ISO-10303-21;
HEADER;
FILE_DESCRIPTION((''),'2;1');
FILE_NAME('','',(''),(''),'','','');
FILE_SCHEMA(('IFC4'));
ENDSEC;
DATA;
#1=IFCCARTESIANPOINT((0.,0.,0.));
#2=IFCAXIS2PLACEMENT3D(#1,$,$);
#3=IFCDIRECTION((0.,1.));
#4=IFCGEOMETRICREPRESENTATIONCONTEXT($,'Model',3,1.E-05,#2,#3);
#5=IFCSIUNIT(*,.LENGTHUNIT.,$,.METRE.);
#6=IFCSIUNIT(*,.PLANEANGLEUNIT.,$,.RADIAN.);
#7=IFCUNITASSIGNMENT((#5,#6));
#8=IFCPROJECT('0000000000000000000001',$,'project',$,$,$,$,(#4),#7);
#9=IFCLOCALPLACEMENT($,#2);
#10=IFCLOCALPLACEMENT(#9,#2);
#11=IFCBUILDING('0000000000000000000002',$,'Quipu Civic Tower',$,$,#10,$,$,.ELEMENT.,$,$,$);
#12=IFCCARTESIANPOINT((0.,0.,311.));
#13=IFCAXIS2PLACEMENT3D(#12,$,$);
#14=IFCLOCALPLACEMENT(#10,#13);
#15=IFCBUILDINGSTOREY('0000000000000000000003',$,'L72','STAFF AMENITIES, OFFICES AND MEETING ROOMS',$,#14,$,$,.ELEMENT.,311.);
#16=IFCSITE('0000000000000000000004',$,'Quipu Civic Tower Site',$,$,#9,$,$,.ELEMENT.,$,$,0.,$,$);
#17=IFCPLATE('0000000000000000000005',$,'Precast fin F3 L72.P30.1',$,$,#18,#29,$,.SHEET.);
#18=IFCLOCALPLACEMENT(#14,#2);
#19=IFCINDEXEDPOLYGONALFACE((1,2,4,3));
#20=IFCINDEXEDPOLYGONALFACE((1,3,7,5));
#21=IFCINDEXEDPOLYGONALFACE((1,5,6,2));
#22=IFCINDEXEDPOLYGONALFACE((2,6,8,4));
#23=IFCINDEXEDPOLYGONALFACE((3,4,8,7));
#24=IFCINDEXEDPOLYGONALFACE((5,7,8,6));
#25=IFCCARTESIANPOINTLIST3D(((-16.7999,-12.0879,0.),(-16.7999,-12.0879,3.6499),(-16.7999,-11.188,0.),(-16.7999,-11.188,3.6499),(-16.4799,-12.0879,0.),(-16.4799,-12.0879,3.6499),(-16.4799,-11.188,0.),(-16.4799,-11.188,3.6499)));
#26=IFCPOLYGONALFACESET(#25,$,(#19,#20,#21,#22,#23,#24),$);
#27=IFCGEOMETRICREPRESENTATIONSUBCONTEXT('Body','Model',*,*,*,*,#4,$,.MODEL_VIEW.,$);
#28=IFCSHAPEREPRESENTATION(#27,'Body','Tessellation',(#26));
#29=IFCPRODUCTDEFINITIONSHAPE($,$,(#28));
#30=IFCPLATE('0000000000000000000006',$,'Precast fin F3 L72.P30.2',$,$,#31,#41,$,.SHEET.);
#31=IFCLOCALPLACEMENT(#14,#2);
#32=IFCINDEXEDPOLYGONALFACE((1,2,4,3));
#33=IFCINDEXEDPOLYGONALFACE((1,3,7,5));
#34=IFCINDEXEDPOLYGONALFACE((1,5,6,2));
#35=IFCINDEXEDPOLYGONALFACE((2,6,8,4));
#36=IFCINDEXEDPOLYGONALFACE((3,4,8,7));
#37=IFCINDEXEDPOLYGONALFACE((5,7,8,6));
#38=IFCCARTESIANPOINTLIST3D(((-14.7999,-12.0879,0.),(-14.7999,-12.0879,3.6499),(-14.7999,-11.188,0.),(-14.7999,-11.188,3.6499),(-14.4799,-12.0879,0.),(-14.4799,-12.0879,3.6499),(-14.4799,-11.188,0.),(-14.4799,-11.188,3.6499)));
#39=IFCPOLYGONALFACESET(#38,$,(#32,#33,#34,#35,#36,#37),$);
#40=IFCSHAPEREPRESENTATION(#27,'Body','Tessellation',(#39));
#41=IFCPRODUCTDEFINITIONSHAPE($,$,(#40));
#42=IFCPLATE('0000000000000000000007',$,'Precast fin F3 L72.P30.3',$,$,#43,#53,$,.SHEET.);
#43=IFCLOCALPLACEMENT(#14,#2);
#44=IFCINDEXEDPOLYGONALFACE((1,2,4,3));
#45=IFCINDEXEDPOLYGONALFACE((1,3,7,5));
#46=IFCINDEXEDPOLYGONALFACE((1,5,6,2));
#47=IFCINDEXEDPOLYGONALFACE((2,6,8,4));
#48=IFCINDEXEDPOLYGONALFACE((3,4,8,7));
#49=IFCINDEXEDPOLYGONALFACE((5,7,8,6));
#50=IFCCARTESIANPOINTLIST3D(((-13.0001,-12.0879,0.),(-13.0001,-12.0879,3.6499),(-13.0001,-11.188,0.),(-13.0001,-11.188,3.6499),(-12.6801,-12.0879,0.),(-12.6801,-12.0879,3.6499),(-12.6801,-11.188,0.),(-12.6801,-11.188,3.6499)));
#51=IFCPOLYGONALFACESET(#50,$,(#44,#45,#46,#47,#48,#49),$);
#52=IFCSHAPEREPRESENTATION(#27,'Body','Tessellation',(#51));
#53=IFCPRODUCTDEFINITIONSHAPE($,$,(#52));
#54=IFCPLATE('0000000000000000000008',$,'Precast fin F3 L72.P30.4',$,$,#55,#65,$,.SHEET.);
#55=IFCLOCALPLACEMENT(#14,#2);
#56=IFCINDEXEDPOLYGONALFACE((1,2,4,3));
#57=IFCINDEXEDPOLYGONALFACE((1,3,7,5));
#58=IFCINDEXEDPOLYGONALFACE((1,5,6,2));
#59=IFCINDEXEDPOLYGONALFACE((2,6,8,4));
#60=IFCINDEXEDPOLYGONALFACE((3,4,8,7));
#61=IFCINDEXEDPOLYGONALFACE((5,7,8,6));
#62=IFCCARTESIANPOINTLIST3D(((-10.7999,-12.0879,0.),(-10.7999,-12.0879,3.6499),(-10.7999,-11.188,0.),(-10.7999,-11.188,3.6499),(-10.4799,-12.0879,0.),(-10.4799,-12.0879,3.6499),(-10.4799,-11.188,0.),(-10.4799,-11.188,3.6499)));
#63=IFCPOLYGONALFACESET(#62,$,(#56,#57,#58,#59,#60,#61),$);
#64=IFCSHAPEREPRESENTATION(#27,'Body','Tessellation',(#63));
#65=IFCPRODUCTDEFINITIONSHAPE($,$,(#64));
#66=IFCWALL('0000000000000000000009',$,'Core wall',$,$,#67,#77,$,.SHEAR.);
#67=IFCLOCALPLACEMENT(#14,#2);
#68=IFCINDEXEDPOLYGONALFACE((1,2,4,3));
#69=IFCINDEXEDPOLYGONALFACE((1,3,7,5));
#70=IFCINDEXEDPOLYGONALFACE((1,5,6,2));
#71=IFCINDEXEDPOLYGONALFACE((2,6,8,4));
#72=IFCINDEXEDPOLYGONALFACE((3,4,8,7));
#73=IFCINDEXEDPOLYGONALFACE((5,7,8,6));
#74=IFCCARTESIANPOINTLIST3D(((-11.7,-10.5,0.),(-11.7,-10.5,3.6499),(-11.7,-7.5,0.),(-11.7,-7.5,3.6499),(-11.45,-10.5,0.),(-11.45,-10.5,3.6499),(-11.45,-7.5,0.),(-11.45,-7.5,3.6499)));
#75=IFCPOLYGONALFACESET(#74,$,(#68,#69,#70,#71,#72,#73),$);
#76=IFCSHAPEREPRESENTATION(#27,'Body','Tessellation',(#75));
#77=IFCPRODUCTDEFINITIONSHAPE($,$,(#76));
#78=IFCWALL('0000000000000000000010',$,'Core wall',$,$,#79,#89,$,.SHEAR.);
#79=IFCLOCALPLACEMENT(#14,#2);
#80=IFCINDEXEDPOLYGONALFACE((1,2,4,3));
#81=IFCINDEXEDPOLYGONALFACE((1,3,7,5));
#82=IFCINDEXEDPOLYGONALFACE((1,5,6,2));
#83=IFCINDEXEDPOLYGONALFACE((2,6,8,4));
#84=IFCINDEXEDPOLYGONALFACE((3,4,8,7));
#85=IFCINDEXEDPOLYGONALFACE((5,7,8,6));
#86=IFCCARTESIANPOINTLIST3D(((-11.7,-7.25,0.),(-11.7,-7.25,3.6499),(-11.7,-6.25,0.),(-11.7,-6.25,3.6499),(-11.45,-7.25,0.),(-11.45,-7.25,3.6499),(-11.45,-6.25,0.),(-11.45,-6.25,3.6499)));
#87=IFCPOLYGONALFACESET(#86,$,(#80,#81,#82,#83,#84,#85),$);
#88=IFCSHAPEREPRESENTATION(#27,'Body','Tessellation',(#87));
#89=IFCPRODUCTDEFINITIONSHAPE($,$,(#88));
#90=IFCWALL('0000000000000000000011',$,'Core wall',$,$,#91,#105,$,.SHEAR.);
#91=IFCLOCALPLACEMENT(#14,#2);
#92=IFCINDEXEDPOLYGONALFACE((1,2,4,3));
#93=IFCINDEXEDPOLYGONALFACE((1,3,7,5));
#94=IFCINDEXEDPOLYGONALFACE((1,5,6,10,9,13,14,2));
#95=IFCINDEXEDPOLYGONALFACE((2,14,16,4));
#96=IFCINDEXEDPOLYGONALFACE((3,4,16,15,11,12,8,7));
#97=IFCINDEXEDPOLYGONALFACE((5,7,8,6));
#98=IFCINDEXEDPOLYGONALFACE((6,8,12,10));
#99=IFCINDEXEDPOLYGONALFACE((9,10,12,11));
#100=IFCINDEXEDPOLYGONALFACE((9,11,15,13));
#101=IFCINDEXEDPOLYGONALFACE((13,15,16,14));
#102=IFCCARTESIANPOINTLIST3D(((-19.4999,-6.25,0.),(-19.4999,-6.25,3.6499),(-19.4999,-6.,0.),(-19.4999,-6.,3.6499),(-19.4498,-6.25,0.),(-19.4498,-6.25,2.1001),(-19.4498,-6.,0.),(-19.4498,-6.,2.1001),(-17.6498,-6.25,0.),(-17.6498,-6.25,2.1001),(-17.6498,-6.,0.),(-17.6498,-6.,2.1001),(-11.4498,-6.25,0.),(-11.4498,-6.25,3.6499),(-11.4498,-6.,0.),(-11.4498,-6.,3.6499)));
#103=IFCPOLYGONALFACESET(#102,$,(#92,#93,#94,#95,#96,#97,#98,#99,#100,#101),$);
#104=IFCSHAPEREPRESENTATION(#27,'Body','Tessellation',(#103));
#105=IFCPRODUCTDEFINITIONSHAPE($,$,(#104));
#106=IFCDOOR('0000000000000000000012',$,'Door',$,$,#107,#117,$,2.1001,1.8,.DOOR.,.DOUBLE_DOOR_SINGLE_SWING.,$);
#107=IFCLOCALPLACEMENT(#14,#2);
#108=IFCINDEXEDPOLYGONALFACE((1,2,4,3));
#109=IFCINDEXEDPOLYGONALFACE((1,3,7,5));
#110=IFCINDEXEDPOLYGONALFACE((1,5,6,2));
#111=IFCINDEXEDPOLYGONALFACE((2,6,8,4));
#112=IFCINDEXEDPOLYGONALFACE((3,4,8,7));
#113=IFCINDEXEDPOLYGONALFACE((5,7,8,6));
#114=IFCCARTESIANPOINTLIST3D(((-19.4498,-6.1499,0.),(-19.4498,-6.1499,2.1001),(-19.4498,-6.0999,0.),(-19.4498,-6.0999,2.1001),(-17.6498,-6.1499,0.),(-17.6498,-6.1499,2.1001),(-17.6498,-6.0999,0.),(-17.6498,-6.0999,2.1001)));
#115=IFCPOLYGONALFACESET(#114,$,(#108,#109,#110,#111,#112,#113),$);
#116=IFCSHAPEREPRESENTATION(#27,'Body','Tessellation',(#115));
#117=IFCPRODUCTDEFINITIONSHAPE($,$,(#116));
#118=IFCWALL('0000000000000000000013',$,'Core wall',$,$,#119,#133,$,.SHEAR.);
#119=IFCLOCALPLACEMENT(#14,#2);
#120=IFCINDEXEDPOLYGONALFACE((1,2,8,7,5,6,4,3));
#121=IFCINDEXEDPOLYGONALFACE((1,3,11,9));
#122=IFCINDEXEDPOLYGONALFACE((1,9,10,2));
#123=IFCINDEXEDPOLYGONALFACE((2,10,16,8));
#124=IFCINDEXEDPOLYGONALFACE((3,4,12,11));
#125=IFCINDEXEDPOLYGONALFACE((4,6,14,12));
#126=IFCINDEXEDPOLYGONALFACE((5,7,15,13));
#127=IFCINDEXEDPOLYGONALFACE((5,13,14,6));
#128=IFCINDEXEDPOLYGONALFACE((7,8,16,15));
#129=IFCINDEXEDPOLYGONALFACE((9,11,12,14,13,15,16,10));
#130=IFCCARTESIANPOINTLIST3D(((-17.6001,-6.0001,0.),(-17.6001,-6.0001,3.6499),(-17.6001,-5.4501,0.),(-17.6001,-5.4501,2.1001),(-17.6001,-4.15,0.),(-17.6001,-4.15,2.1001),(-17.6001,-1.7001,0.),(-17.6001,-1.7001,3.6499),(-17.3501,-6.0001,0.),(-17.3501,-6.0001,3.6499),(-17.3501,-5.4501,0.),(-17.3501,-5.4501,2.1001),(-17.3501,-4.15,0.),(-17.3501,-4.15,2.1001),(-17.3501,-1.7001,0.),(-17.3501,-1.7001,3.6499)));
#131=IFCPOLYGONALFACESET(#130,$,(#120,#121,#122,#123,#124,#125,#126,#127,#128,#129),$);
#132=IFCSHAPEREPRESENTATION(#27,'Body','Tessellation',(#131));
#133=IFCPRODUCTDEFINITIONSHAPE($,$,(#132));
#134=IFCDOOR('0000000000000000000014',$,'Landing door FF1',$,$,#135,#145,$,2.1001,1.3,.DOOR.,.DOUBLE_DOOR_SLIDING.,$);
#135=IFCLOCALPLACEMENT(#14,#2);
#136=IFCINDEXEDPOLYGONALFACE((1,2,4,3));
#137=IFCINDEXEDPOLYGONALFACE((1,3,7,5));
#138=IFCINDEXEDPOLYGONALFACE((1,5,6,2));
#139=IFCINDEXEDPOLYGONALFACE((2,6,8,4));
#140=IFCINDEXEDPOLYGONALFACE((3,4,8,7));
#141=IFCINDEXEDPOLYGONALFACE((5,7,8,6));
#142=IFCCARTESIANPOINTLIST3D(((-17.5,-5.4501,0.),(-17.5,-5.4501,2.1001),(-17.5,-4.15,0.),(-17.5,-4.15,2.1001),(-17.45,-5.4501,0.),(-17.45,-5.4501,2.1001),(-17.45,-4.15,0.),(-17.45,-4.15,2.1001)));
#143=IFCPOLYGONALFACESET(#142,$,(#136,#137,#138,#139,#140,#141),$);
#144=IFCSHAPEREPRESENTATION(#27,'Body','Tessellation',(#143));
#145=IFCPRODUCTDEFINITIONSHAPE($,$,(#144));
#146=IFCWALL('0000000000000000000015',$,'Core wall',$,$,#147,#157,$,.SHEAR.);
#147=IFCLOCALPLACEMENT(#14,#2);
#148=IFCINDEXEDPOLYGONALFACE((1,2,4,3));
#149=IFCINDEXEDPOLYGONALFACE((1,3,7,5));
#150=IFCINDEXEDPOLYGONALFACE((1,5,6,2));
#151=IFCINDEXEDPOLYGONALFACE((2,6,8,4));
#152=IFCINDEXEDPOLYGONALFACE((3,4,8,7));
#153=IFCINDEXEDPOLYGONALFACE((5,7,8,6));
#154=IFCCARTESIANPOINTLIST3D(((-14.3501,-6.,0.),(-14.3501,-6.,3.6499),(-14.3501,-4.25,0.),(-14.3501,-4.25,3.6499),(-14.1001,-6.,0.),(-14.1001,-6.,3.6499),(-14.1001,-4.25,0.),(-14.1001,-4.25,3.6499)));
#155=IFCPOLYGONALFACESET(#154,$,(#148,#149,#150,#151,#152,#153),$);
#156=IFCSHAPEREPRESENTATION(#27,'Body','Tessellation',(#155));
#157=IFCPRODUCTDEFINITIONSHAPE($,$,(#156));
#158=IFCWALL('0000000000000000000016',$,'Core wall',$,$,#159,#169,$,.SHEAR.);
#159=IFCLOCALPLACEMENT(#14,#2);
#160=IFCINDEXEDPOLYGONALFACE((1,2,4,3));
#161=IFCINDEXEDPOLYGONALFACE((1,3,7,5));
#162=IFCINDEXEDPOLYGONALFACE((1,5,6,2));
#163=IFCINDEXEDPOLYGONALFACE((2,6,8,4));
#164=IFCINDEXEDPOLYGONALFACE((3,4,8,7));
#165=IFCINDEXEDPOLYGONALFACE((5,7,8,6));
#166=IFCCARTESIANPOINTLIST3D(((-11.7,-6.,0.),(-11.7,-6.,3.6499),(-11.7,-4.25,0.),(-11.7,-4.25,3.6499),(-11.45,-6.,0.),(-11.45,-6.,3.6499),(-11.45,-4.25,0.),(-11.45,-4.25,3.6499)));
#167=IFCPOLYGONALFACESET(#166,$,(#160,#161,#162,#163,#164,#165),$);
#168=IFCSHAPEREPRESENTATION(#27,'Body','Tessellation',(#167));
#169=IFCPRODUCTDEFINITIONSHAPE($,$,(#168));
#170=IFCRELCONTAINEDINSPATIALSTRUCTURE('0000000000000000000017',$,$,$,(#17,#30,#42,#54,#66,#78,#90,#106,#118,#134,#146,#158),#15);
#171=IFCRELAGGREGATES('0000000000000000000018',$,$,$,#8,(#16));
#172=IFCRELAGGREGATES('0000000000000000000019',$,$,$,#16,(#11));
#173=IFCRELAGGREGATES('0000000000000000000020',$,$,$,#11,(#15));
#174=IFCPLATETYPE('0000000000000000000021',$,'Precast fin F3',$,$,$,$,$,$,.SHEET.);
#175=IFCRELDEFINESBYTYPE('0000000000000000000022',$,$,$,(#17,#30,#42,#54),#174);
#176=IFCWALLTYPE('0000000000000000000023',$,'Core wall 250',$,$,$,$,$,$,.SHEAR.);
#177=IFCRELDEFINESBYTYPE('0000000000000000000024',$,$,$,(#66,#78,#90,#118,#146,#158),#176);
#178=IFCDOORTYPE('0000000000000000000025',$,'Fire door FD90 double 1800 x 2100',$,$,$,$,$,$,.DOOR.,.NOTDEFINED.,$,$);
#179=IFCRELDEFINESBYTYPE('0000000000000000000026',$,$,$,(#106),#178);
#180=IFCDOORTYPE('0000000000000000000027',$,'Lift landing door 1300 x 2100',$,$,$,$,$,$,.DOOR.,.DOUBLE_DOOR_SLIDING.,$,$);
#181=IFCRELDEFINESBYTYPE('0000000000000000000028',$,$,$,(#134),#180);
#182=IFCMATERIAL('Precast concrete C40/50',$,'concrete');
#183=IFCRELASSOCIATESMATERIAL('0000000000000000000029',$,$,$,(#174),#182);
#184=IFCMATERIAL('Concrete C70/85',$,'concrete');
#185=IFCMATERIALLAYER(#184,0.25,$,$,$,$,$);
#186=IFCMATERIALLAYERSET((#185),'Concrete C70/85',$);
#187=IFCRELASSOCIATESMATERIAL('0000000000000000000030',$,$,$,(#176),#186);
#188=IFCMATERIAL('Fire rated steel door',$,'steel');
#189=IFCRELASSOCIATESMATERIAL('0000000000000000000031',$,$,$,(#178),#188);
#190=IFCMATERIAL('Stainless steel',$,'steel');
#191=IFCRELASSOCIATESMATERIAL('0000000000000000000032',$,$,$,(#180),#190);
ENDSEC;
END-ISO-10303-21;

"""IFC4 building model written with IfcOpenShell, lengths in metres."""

from ifc_helpers import new_model, si_unit, direction, frame, frame_2d, origin, origin_2d, place, context, subcontext, project, spatial, rectangle, extrude, material, layer, layer_set, type_object, element, fill, save


model = new_model("IFC4")

# Units and contexts
model_context = context("Model", 3, precision=1e-05, world=origin(), true_north=direction((0.0, 1.0)))
body_context = subcontext(model_context, "Body", "Model", "MODEL_VIEW")
ifc_project = project(units=[si_unit("LENGTHUNIT", "METRE"), si_unit("PLANEANGLEUNIT", "RADIAN")], contexts=[model_context])

# Site, building, storey
site_placement = place(None, origin())
site = spatial("IfcSite", under=ifc_project, at=site_placement, Name="Quipu Civic Tower Site", CompositionType="ELEMENT", RefElevation=0.0)
building_placement = place(site_placement, origin())
building = spatial("IfcBuilding", under=site, at=building_placement, Name="Quipu Civic Tower", CompositionType="ELEMENT")
storey_placement = place(building_placement, frame((0.0, 0.0, 311.0)))
storey = spatial("IfcBuildingStorey", under=building, at=storey_placement, Name="L72", Description="STAFF AMENITIES, OFFICES AND MEETING ROOMS", CompositionType="ELEMENT", Elevation=311.0)

# Plates
ifc_material_1 = material(Name="Precast concrete C40/50", Category="concrete")
plate_type = type_object("IfcPlateType", Name="Precast fin F3", PredefinedType="SHEET", material=ifc_material_1)
for number, where, z_axis, x_axis, name in (
    (1, (-16.6399, -11.6379, 0.0), (0.0, 0.0, 1.0), (1.0, 0.0, 0.0), "Precast fin F3 L72.P30.1"),
    (2, (-14.6399, -11.6379, 0.0), (0.0, 0.0, 1.0), (1.0, 0.0, 0.0), "Precast fin F3 L72.P30.2"),
    (3, (-12.8401, -11.6379, 0.0), (0.0, 0.0, 1.0), (1.0, 0.0, 0.0), "Precast fin F3 L72.P30.3"),
    (4, (-10.6399, -11.6379, 0.0), (0.0, 0.0, 1.0), (1.0, 0.0, 0.0), "Precast fin F3 L72.P30.4"),
):
    element("IfcPlate", number, at=place(storey_placement, frame(where, z_axis=z_axis, x_axis=x_axis)), inside=storey, type_object=plate_type, Name=name, PredefinedType="SHEET", context=body_context, shape_type="SweptSolid", body=[
        extrude(rectangle(XDim=0.3201, YDim=0.8999, at=origin_2d()), origin(), (0.0, 0.0, 1.0), 3.6499),
    ])

# Walls
ifc_material_2 = material(Name="Concrete C70/85", Category="concrete")
ifc_layer_1 = layer(ifc_material_2, 0.25)
ifc_layer_set_1 = layer_set([ifc_layer_1], Name="Concrete C70/85")
wall_type_1 = type_object("IfcWallType", Name="Core wall 250", PredefinedType="SHEAR", material=ifc_layer_set_1)
wall_1_placement = place(storey_placement, frame((-11.575, -10.5, 0.0), z_axis=(0.0, 0.0, 1.0), x_axis=(0.0, 1.0, 0.0)))
element("IfcWall", 5, at=wall_1_placement, inside=storey, type_object=wall_type_1, Name="Core wall", PredefinedType="SHEAR", context=body_context, shape_type="SweptSolid", body=[
    extrude(rectangle(XDim=3.0, YDim=0.25, at=frame_2d((1.5, 0.0))), origin(), (0.0, 0.0, 1.0), 3.6499),
])
wall_2_placement = place(storey_placement, frame((-11.575, -7.25, 0.0), z_axis=(0.0, 0.0, 1.0), x_axis=(0.0, 1.0, 0.0)))
element("IfcWall", 6, at=wall_2_placement, inside=storey, type_object=wall_type_1, Name="Core wall", PredefinedType="SHEAR", context=body_context, shape_type="SweptSolid", body=[
    extrude(rectangle(XDim=1.0, YDim=0.25, at=frame_2d((0.5, 0.0))), origin(), (0.0, 0.0, 1.0), 3.6499),
])

# Walls, openings, doors
wall_3_placement = place(storey_placement, frame((-11.45, -6.125, 0.0), z_axis=(0.0, 0.0, 1.0), x_axis=(-1.0, 0.0, 0.0)))
wall_3 = element("IfcWall", 7, at=wall_3_placement, inside=storey, type_object=wall_type_1, Name="Core wall", PredefinedType="SHEAR", context=body_context, shape_type="SweptSolid", body=[
    extrude(rectangle(XDim=8.05, YDim=0.25, at=frame_2d((4.0249, 0.0))), origin(), (0.0, 0.0, 1.0), 3.6499),
])
opening_1_placement = place(wall_3_placement, frame((6.2, 0.0, 0.0)))
opening_1 = element("IfcOpeningElement", 8, at=opening_1_placement, cuts=wall_3, PredefinedType="OPENING", context=body_context, shape_type="SweptSolid", body=[
    extrude(rectangle(XDim=1.8, YDim=2.1001, at=frame_2d((0.8999, 1.05))), frame((0.0, 0.135, 0.0), z_axis=(0.0, -1.0, 0.0), x_axis=(1.0, 0.0, 0.0)), (0.0, 0.0, 1.0), 0.27),
])
ifc_material_3 = material(Name="Fire rated steel door", Category="steel")
door_type_1 = type_object("IfcDoorType", Name="Fire door FD90 double 1800 x 2100", OperationType="NOTDEFINED", PredefinedType="DOOR", material=ifc_material_3)
door_1_placement = place(opening_1_placement, origin())
door_1 = element("IfcDoor", 9, at=door_1_placement, inside=storey, type_object=door_type_1, Name="Door", OperationType="DOUBLE_DOOR_SINGLE_SWING", OverallHeight=2.1001, OverallWidth=1.8, PredefinedType="DOOR", context=body_context, shape_type="SweptSolid", body=[
    extrude(rectangle(XDim=1.8, YDim=2.1001, at=frame_2d((0.8999, 1.05))), frame((0.0, 0.0249, 0.0), z_axis=(0.0, -1.0, 0.0), x_axis=(1.0, 0.0, 0.0)), (0.0, 0.0, 1.0), 0.05),
])
fill(opening_1, door_1)
wall_4_placement = place(storey_placement, frame((-17.4751, -6.0, 0.0), z_axis=(0.0, 0.0, 1.0), x_axis=(0.0, 1.0, 0.0)))
wall_4 = element("IfcWall", 10, at=wall_4_placement, inside=storey, type_object=wall_type_1, Name="Core wall", PredefinedType="SHEAR", context=body_context, shape_type="SweptSolid", body=[
    extrude(rectangle(XDim=4.3, YDim=0.25, at=frame_2d((2.1499, 0.0))), origin(), (0.0, 0.0, 1.0), 3.6499),
])
opening_2_placement = place(wall_4_placement, frame((0.55, 0.0, 0.0)))
opening_2 = element("IfcOpeningElement", 11, at=opening_2_placement, cuts=wall_4, PredefinedType="OPENING", context=body_context, shape_type="SweptSolid", body=[
    extrude(rectangle(XDim=1.3, YDim=2.1001, at=frame_2d((0.6499, 1.05))), frame((0.0, 0.135, 0.0), z_axis=(0.0, -1.0, 0.0), x_axis=(1.0, 0.0, 0.0)), (0.0, 0.0, 1.0), 0.27),
])
ifc_material_4 = material(Name="Stainless steel", Category="steel")
door_type_2 = type_object("IfcDoorType", Name="Lift landing door 1300 x 2100", OperationType="DOUBLE_DOOR_SLIDING", PredefinedType="DOOR", material=ifc_material_4)
door_2_placement = place(opening_2_placement, origin())
door_2 = element("IfcDoor", 12, at=door_2_placement, inside=storey, type_object=door_type_2, Name="Landing door FF1", OperationType="DOUBLE_DOOR_SLIDING", OverallHeight=2.1001, OverallWidth=1.3, PredefinedType="DOOR", context=body_context, shape_type="SweptSolid", body=[
    extrude(rectangle(XDim=1.3, YDim=2.1001, at=frame_2d((0.6499, 1.05))), frame((0.0, 0.0249, 0.0), z_axis=(0.0, -1.0, 0.0), x_axis=(1.0, 0.0, 0.0)), (0.0, 0.0, 1.0), 0.05),
])
fill(opening_2, door_2)

# Walls
for number, where, z_axis, x_axis, name in (
    (13, (-14.2251, -6.0, 0.0), (0.0, 0.0, 1.0), (0.0, 1.0, 0.0), "Core wall"),
    (14, (-11.575, -6.0, 0.0), (0.0, 0.0, 1.0), (0.0, 1.0, 0.0), "Core wall"),
):
    element("IfcWall", number, at=place(storey_placement, frame(where, z_axis=z_axis, x_axis=x_axis)), inside=storey, type_object=wall_type_1, Name=name, PredefinedType="SHEAR", context=body_context, shape_type="SweptSolid", body=[
        extrude(rectangle(XDim=1.75, YDim=0.25, at=frame_2d((0.875, 0.0))), origin(), (0.0, 0.0, 1.0), 3.6499),
    ])

save(model, "model.ifc")
